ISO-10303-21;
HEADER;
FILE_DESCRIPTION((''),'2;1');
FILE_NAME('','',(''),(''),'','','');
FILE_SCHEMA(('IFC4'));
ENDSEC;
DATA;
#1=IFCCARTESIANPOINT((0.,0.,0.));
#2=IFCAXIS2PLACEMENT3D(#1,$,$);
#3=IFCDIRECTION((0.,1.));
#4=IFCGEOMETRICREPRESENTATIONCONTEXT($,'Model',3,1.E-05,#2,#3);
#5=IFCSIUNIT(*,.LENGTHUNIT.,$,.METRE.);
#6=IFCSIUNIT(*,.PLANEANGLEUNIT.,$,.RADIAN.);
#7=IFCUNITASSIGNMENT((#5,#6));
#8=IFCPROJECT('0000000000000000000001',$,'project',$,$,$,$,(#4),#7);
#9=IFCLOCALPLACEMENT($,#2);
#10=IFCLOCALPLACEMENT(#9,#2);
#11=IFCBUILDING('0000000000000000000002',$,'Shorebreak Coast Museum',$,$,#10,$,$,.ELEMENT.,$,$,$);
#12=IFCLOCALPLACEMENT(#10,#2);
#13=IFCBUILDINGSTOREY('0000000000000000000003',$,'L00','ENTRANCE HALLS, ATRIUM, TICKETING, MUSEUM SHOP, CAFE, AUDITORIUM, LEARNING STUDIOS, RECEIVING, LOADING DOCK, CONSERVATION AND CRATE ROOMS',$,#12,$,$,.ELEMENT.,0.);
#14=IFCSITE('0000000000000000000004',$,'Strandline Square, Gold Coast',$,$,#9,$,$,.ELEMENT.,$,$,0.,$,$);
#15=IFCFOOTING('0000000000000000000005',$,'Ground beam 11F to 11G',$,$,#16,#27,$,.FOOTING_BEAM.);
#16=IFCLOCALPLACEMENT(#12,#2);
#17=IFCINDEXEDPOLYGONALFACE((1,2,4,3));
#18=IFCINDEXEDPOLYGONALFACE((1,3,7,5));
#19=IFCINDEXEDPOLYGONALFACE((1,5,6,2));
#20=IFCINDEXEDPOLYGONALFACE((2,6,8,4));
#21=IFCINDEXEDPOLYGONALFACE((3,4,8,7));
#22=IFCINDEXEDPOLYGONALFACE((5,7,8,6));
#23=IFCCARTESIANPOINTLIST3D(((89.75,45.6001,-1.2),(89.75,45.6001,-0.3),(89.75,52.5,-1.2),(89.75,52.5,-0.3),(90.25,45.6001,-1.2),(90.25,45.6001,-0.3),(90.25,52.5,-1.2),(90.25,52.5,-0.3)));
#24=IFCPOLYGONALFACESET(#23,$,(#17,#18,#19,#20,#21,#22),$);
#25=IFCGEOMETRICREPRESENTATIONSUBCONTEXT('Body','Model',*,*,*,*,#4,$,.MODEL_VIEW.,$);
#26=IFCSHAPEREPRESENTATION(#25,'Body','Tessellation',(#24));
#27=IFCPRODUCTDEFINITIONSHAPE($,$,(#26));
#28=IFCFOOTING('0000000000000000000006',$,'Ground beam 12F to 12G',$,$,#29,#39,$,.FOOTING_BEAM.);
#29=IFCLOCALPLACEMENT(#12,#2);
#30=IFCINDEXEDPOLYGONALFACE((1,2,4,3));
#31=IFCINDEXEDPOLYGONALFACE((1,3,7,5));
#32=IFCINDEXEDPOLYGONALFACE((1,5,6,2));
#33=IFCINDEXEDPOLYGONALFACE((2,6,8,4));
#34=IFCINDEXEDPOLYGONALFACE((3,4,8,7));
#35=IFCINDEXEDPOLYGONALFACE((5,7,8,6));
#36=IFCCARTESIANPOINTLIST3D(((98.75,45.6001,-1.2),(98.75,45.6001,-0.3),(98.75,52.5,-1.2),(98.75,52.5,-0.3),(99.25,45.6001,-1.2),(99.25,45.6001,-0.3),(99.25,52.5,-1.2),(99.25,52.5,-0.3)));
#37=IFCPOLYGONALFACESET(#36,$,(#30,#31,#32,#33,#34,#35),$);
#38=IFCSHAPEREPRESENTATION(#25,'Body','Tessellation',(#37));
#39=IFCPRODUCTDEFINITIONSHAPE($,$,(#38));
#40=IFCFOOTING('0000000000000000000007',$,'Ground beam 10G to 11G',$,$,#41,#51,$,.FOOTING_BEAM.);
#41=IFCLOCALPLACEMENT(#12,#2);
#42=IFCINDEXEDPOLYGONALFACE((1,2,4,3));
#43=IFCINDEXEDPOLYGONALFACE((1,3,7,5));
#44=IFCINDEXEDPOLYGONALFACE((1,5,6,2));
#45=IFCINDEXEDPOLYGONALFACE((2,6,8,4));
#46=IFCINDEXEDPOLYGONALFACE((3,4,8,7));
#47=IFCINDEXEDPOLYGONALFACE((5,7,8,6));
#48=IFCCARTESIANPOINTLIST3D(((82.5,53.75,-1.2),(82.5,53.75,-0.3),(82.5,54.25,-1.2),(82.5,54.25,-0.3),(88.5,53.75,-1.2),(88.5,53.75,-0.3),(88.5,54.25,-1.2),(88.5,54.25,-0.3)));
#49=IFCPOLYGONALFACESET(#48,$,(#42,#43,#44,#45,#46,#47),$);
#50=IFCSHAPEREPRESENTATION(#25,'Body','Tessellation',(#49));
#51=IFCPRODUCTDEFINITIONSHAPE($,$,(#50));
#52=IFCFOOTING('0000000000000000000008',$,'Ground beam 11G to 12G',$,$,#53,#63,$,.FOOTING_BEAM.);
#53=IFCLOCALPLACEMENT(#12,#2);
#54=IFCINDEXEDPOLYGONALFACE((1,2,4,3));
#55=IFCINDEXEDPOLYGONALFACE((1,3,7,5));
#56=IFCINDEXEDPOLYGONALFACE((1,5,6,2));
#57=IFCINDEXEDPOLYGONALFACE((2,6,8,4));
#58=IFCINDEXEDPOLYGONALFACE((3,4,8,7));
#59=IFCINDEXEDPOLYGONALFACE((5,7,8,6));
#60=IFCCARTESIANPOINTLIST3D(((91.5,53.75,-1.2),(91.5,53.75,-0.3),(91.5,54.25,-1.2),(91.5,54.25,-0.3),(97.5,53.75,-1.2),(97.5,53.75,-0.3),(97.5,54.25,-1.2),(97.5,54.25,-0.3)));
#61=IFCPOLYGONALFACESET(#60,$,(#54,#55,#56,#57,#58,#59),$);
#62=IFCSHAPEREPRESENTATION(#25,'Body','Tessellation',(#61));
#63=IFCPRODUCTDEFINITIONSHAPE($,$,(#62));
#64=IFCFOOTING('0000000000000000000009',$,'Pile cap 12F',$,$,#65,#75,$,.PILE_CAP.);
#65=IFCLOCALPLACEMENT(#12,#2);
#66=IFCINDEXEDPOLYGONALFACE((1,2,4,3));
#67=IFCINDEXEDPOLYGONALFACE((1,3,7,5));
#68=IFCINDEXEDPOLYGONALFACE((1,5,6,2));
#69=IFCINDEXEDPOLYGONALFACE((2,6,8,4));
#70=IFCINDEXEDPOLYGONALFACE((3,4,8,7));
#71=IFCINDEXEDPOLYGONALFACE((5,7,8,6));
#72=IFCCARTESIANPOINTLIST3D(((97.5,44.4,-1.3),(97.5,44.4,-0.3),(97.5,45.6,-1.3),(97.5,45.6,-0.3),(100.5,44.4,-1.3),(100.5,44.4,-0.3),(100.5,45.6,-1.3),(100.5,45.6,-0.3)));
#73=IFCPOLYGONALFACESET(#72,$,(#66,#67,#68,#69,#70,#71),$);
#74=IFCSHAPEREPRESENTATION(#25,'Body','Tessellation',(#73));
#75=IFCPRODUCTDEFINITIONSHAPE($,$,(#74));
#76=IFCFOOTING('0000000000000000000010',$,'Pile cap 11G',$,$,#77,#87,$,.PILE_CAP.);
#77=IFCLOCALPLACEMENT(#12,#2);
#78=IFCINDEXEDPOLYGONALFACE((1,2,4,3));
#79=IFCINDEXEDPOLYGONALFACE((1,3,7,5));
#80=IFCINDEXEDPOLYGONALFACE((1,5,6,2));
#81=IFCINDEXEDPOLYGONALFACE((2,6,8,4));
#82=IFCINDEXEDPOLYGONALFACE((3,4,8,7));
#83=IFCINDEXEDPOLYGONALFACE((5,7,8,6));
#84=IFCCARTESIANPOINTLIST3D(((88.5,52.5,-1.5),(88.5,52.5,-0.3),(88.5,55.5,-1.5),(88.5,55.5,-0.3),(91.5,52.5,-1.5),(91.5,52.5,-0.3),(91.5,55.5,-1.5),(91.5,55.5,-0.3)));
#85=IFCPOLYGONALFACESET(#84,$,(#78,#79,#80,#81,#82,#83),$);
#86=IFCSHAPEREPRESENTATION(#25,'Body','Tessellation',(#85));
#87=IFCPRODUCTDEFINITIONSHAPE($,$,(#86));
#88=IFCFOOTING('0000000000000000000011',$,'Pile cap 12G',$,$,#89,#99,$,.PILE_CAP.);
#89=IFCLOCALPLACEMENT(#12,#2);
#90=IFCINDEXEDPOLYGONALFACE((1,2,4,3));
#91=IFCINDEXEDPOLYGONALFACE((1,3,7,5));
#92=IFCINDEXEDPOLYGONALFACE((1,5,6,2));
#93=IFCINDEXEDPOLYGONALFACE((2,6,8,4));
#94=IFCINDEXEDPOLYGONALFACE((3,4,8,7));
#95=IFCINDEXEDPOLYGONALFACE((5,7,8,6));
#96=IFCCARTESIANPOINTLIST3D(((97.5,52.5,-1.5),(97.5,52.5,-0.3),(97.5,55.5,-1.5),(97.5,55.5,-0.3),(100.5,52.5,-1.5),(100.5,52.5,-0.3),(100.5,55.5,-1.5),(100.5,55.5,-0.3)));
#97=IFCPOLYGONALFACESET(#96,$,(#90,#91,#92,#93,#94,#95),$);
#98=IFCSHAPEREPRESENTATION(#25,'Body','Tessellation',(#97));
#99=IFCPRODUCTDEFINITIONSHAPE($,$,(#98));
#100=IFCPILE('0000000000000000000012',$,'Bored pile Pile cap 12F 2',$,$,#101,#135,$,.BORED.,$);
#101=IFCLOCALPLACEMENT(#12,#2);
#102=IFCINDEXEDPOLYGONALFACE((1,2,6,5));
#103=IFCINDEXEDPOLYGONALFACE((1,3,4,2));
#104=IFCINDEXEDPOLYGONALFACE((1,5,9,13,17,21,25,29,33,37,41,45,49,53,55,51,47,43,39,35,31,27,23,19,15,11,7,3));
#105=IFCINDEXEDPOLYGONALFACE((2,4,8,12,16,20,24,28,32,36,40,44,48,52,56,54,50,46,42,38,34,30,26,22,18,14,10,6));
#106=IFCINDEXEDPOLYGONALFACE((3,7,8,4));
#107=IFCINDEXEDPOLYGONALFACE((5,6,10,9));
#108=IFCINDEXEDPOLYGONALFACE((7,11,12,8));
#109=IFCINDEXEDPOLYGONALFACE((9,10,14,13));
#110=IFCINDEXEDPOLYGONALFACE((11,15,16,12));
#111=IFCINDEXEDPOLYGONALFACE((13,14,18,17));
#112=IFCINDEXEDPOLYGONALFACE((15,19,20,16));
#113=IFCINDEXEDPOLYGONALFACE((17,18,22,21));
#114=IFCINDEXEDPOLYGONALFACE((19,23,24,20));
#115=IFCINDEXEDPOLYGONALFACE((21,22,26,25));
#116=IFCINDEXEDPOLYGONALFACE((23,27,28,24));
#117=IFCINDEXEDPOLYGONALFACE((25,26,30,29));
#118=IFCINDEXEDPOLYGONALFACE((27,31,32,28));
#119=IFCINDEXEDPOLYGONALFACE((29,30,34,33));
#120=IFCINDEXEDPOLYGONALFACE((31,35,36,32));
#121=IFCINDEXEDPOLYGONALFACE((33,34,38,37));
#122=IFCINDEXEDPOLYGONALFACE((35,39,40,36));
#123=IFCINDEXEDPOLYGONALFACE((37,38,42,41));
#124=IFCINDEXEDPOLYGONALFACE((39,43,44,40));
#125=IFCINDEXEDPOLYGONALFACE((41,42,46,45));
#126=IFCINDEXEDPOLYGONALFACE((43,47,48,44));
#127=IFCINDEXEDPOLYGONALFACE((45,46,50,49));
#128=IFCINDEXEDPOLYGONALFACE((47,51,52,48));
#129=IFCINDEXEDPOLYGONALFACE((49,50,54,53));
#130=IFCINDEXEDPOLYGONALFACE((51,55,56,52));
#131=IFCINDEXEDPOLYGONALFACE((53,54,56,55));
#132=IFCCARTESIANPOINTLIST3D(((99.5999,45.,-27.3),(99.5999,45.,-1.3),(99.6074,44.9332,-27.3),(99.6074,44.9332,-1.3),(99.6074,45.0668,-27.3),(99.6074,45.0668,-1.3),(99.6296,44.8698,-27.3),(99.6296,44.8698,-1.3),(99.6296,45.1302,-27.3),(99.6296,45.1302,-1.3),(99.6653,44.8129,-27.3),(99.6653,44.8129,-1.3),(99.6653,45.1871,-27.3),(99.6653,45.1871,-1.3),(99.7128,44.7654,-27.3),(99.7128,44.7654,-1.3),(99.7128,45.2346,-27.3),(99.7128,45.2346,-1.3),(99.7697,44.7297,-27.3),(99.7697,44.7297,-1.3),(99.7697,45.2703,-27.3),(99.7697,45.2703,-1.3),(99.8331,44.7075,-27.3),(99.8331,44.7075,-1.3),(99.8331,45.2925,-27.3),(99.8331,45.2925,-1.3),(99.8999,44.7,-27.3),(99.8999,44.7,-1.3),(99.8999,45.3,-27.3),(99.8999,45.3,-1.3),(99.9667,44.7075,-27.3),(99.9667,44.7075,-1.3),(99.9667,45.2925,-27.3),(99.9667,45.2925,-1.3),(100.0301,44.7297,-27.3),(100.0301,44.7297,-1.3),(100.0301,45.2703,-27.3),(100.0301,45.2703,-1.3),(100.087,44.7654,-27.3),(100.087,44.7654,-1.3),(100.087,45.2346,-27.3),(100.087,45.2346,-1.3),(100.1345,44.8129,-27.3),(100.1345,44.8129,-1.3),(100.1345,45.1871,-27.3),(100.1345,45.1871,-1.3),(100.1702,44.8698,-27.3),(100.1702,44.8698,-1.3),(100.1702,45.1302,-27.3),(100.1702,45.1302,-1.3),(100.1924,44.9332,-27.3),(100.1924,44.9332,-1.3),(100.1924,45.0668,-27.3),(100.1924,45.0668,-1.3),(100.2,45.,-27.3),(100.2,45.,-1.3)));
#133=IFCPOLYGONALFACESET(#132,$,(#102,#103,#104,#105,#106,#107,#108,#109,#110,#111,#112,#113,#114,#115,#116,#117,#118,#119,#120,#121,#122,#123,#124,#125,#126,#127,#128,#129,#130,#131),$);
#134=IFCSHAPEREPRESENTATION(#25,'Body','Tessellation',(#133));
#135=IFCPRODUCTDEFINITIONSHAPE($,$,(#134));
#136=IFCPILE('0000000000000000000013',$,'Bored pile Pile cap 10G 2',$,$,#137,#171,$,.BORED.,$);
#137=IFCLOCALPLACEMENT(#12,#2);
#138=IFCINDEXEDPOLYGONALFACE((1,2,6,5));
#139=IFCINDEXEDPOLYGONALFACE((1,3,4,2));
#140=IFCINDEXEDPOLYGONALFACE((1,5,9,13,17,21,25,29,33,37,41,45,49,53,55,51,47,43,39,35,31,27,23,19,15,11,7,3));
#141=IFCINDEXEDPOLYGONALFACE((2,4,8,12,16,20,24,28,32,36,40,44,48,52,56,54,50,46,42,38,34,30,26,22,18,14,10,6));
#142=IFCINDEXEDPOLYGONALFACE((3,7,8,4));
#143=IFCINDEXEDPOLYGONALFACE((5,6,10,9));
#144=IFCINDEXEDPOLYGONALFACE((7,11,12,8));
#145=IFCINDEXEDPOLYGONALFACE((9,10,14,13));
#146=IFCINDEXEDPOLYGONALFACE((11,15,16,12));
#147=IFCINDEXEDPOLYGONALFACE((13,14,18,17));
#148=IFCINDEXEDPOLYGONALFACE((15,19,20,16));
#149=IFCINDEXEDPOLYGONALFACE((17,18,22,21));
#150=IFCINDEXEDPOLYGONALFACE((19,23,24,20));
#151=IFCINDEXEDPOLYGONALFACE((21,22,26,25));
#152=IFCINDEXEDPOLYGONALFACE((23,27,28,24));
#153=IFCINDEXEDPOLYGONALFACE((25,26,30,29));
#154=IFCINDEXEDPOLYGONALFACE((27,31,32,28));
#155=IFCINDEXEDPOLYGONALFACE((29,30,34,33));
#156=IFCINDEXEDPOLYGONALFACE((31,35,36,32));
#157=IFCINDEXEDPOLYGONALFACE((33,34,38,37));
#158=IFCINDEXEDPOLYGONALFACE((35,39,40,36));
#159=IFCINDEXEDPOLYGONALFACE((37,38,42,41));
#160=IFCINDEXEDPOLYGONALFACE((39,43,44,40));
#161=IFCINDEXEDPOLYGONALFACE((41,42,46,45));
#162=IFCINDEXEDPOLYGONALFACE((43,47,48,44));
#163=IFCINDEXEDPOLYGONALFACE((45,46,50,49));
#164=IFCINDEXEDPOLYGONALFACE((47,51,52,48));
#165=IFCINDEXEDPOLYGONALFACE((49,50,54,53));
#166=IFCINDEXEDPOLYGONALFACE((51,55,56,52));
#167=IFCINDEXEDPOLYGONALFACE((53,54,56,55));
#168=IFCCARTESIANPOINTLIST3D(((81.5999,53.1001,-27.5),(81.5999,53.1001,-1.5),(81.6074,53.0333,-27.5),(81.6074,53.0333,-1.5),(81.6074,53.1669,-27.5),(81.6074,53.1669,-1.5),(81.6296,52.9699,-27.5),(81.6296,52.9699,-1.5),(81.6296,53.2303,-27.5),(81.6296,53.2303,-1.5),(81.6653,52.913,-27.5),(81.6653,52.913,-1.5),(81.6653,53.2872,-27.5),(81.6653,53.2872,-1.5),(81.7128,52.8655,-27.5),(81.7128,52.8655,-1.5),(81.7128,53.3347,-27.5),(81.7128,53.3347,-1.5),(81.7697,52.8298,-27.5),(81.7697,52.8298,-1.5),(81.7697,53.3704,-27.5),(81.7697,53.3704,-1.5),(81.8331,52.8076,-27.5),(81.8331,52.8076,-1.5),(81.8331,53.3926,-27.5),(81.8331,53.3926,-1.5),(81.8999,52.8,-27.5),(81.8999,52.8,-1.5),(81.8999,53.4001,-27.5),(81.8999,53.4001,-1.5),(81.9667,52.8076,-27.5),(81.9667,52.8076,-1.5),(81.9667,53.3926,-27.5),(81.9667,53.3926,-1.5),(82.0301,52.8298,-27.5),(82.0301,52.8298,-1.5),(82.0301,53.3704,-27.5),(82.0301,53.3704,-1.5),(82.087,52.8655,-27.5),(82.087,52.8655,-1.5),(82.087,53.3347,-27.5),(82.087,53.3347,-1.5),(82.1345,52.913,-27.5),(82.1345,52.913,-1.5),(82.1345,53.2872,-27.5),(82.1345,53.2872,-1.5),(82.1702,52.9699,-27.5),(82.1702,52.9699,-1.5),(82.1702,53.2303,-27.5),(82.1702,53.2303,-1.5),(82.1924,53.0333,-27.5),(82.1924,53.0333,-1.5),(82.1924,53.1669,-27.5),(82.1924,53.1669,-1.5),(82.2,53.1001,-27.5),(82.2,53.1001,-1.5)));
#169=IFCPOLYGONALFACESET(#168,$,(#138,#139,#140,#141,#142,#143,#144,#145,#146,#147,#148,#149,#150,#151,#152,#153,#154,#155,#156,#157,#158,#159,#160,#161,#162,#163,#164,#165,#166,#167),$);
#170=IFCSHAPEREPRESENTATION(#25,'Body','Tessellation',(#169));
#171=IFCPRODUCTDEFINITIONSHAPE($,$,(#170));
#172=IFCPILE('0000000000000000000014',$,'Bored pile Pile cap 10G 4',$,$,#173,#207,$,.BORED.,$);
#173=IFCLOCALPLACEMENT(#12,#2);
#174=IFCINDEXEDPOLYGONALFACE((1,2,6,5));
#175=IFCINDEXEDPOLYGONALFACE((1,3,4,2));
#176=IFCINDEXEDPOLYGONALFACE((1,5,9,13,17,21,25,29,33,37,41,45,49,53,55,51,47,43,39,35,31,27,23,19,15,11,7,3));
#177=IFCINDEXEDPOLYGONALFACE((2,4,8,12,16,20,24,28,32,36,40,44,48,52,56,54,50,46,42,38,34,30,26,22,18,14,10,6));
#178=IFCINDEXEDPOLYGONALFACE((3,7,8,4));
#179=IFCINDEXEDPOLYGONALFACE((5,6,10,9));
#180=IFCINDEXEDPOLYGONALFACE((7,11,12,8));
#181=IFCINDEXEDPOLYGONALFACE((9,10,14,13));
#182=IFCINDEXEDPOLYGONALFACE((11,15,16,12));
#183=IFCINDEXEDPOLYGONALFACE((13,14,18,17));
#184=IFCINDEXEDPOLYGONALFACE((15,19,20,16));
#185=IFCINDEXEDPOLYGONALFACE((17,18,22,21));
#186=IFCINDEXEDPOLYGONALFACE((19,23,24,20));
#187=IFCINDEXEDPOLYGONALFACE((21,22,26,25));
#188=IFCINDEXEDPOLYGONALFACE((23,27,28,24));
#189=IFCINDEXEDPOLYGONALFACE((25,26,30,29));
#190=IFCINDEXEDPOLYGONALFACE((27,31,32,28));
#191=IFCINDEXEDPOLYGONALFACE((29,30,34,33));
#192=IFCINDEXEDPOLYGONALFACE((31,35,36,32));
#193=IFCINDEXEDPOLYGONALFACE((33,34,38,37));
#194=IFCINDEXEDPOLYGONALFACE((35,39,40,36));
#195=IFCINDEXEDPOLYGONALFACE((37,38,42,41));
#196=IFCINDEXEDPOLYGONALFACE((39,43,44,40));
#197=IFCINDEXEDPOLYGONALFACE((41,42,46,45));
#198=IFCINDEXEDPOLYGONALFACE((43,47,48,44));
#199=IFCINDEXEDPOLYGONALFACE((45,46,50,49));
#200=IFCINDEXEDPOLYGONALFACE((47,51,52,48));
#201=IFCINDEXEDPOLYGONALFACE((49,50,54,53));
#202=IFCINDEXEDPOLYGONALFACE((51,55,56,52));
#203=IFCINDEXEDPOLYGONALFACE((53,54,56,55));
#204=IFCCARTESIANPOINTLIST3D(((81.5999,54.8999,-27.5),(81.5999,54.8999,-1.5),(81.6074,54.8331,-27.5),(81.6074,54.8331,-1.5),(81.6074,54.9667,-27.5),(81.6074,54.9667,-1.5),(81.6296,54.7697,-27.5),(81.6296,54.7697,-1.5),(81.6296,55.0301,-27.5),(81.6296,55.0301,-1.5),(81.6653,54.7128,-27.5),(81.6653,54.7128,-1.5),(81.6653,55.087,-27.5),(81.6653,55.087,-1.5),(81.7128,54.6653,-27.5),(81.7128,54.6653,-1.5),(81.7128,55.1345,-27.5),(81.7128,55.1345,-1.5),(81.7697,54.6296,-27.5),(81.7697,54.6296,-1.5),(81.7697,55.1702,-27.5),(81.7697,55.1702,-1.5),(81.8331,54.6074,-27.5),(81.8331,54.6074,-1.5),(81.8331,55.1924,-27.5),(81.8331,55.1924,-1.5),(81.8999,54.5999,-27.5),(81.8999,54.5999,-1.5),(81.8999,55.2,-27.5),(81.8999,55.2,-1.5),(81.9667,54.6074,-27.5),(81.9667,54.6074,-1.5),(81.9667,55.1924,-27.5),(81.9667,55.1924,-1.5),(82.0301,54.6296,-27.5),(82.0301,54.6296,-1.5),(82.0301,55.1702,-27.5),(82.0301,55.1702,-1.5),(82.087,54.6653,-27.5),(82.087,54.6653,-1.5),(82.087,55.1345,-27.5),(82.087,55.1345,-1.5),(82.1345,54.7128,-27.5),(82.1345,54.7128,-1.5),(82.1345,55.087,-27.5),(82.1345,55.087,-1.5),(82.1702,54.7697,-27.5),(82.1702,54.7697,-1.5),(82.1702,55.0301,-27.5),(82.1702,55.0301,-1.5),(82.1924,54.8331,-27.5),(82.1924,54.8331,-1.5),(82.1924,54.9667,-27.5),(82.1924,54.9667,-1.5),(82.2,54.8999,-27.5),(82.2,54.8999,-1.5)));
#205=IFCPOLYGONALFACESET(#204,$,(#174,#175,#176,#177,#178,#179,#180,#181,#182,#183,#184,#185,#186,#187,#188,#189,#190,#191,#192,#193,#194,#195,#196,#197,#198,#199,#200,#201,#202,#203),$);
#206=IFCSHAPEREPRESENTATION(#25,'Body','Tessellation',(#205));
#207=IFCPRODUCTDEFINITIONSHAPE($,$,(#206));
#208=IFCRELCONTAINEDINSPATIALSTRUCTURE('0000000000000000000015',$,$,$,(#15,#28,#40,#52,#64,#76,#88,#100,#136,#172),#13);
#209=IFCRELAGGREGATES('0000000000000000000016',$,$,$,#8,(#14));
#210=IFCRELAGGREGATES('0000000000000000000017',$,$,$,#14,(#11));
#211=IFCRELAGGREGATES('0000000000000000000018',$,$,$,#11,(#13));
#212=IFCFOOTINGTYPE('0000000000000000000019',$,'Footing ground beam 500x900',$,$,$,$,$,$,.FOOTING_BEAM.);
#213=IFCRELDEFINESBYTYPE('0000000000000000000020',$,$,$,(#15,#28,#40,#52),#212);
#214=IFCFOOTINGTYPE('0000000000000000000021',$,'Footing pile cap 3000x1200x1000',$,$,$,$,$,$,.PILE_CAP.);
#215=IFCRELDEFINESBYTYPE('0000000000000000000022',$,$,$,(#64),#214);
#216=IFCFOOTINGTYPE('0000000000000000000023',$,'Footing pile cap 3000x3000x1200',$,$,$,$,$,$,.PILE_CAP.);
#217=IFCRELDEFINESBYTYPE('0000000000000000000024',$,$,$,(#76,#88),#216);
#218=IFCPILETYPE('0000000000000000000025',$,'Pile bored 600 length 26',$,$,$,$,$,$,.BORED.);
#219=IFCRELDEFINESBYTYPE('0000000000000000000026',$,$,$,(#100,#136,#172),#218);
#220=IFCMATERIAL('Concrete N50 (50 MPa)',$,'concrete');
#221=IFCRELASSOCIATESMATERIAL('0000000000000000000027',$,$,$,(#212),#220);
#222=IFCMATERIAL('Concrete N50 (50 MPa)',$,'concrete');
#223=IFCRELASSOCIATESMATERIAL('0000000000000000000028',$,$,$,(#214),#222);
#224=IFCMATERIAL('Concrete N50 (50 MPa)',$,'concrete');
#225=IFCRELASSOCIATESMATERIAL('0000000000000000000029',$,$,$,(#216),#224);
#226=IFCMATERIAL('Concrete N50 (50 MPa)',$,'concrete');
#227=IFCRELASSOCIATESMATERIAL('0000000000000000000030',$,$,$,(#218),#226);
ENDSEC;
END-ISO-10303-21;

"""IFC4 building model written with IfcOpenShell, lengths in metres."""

from ifc_helpers import new_model, si_unit, direction, frame, origin, origin_2d, place, context, subcontext, project, spatial, rectangle, circle, extrude, material, material_profile, profile_set, type_object, element, save


model = new_model("IFC4")

# Units and contexts
model_context = context("Model", 3, precision=1e-05, world=origin(), true_north=direction((0.0, 1.0)))
body_context = subcontext(model_context, "Body", "Model", "MODEL_VIEW")
ifc_project = project(units=[si_unit("LENGTHUNIT", "METRE"), si_unit("PLANEANGLEUNIT", "RADIAN")], contexts=[model_context])

# Site, building, storey
site_placement = place(None, origin())
site = spatial("IfcSite", under=ifc_project, at=site_placement, Name="Strandline Square, Gold Coast", CompositionType="ELEMENT", RefElevation=0.0)
building_placement = place(site_placement, origin())
building = spatial("IfcBuilding", under=site, at=building_placement, Name="Shorebreak Coast Museum", CompositionType="ELEMENT")
storey_placement = place(building_placement, origin())
storey = spatial("IfcBuildingStorey", under=building, at=storey_placement, Name="L00", Description="ENTRANCE HALLS, ATRIUM, TICKETING, MUSEUM SHOP, CAFE, AUDITORIUM, LEARNING STUDIOS, RECEIVING, LOADING DOCK, CONSERVATION AND CRATE ROOMS", CompositionType="ELEMENT", Elevation=0.0)

# Footings
ifc_material_1 = material(Name="Concrete N50 (50 MPa)", Category="concrete")
footing_type_1 = type_object("IfcFootingType", Name="Footing ground beam 500x900", PredefinedType="FOOTING_BEAM", material=ifc_material_1)
for number, where, z_axis, x_axis, name in (
    (1, (90.0, 49.05, -1.2), (0.0, 0.0, 1.0), (1.0, 0.0, 0.0), "Ground beam 11F to 11G"),
    (2, (99.0, 49.05, -1.2), (0.0, 0.0, 1.0), (1.0, 0.0, 0.0), "Ground beam 12F to 12G"),
):
    element("IfcFooting", number, at=place(storey_placement, frame(where, z_axis=z_axis, x_axis=x_axis)), inside=storey, type_object=footing_type_1, Name=name, PredefinedType="FOOTING_BEAM", context=body_context, shape_type="SweptSolid", body=[
        extrude(rectangle(XDim=0.5, YDim=6.8999, at=origin_2d()), origin(), (0.0, 0.0, 1.0), 0.8999),
    ])
for number, where, z_axis, x_axis, name in (
    (3, (85.5, 54.0, -1.2), (0.0, 0.0, 1.0), (1.0, 0.0, 0.0), "Ground beam 10G to 11G"),
    (4, (94.5, 54.0, -1.2), (0.0, 0.0, 1.0), (1.0, 0.0, 0.0), "Ground beam 11G to 12G"),
):
    element("IfcFooting", number, at=place(storey_placement, frame(where, z_axis=z_axis, x_axis=x_axis)), inside=storey, type_object=footing_type_1, Name=name, PredefinedType="FOOTING_BEAM", context=body_context, shape_type="SweptSolid", body=[
        extrude(rectangle(XDim=6.0, YDim=0.5, at=origin_2d()), origin(), (0.0, 0.0, 1.0), 0.8999),
    ])
ifc_material_2 = material(Name="Concrete N50 (50 MPa)", Category="concrete")
footing_type_2 = type_object("IfcFootingType", Name="Footing pile cap 3000x1200x1000", PredefinedType="PILE_CAP", material=ifc_material_2)
footing_placement = place(storey_placement, frame((99.0, 45.0, -1.3), z_axis=(0.0, 0.0, 1.0), x_axis=(1.0, 0.0, 0.0)))
element("IfcFooting", 5, at=footing_placement, inside=storey, type_object=footing_type_2, Name="Pile cap 12F", PredefinedType="PILE_CAP", context=body_context, shape_type="SweptSolid", body=[
    extrude(rectangle(XDim=3.0, YDim=1.2, at=origin_2d()), origin(), (0.0, 0.0, 1.0), 1.0),
])
ifc_material_3 = material(Name="Concrete N50 (50 MPa)", Category="concrete")
footing_type_3 = type_object("IfcFootingType", Name="Footing pile cap 3000x3000x1200", PredefinedType="PILE_CAP", material=ifc_material_3)
for number, where, z_axis, x_axis, name in (
    (6, (90.0, 54.0, -1.5), (0.0, 0.0, 1.0), (1.0, 0.0, 0.0), "Pile cap 11G"),
    (7, (99.0, 54.0, -1.5), (0.0, 0.0, 1.0), (1.0, 0.0, 0.0), "Pile cap 12G"),
):
    element("IfcFooting", number, at=place(storey_placement, frame(where, z_axis=z_axis, x_axis=x_axis)), inside=storey, type_object=footing_type_3, Name=name, PredefinedType="PILE_CAP", context=body_context, shape_type="SweptSolid", body=[
        extrude(rectangle(XDim=3.0, YDim=3.0, at=origin_2d()), origin(), (0.0, 0.0, 1.0), 1.2),
    ])

# Piles
ifc_material_4 = material(Name="Concrete N50 (50 MPa)", Category="concrete")
ifc_material_profile_1 = material_profile(ifc_material_4, circle(Radius=0.3, at=origin_2d()), Name="Pile bored 600 length 26")
ifc_profile_set_1 = profile_set([ifc_material_profile_1], Name="Concrete N50 (50 MPa)")
pile_type = type_object("IfcPileType", Name="Pile bored 600 length 26", PredefinedType="BORED", material=ifc_profile_set_1)
for number, where, z_axis, x_axis, name in (
    (8, (99.8999, 45.0, -1.3), (0.0, 0.0, -1.0), (1.0, 0.0, 0.0), "Bored pile Pile cap 12F 2"),
    (9, (81.8999, 53.1001, -1.5), (0.0, 0.0, -1.0), (1.0, 0.0, 0.0), "Bored pile Pile cap 10G 2"),
    (10, (81.8999, 54.8999, -1.5), (0.0, 0.0, -1.0), (1.0, 0.0, 0.0), "Bored pile Pile cap 10G 4"),
):
    element("IfcPile", number, at=place(storey_placement, frame(where, z_axis=z_axis, x_axis=x_axis)), inside=storey, type_object=pile_type, Name=name, PredefinedType="BORED", context=body_context, shape_type="SweptSolid", body=[
        extrude(circle(Radius=0.3, at=origin_2d()), origin(), (0.0, 0.0, 1.0), 26.0),
    ])

save(model, "model.ifc")
